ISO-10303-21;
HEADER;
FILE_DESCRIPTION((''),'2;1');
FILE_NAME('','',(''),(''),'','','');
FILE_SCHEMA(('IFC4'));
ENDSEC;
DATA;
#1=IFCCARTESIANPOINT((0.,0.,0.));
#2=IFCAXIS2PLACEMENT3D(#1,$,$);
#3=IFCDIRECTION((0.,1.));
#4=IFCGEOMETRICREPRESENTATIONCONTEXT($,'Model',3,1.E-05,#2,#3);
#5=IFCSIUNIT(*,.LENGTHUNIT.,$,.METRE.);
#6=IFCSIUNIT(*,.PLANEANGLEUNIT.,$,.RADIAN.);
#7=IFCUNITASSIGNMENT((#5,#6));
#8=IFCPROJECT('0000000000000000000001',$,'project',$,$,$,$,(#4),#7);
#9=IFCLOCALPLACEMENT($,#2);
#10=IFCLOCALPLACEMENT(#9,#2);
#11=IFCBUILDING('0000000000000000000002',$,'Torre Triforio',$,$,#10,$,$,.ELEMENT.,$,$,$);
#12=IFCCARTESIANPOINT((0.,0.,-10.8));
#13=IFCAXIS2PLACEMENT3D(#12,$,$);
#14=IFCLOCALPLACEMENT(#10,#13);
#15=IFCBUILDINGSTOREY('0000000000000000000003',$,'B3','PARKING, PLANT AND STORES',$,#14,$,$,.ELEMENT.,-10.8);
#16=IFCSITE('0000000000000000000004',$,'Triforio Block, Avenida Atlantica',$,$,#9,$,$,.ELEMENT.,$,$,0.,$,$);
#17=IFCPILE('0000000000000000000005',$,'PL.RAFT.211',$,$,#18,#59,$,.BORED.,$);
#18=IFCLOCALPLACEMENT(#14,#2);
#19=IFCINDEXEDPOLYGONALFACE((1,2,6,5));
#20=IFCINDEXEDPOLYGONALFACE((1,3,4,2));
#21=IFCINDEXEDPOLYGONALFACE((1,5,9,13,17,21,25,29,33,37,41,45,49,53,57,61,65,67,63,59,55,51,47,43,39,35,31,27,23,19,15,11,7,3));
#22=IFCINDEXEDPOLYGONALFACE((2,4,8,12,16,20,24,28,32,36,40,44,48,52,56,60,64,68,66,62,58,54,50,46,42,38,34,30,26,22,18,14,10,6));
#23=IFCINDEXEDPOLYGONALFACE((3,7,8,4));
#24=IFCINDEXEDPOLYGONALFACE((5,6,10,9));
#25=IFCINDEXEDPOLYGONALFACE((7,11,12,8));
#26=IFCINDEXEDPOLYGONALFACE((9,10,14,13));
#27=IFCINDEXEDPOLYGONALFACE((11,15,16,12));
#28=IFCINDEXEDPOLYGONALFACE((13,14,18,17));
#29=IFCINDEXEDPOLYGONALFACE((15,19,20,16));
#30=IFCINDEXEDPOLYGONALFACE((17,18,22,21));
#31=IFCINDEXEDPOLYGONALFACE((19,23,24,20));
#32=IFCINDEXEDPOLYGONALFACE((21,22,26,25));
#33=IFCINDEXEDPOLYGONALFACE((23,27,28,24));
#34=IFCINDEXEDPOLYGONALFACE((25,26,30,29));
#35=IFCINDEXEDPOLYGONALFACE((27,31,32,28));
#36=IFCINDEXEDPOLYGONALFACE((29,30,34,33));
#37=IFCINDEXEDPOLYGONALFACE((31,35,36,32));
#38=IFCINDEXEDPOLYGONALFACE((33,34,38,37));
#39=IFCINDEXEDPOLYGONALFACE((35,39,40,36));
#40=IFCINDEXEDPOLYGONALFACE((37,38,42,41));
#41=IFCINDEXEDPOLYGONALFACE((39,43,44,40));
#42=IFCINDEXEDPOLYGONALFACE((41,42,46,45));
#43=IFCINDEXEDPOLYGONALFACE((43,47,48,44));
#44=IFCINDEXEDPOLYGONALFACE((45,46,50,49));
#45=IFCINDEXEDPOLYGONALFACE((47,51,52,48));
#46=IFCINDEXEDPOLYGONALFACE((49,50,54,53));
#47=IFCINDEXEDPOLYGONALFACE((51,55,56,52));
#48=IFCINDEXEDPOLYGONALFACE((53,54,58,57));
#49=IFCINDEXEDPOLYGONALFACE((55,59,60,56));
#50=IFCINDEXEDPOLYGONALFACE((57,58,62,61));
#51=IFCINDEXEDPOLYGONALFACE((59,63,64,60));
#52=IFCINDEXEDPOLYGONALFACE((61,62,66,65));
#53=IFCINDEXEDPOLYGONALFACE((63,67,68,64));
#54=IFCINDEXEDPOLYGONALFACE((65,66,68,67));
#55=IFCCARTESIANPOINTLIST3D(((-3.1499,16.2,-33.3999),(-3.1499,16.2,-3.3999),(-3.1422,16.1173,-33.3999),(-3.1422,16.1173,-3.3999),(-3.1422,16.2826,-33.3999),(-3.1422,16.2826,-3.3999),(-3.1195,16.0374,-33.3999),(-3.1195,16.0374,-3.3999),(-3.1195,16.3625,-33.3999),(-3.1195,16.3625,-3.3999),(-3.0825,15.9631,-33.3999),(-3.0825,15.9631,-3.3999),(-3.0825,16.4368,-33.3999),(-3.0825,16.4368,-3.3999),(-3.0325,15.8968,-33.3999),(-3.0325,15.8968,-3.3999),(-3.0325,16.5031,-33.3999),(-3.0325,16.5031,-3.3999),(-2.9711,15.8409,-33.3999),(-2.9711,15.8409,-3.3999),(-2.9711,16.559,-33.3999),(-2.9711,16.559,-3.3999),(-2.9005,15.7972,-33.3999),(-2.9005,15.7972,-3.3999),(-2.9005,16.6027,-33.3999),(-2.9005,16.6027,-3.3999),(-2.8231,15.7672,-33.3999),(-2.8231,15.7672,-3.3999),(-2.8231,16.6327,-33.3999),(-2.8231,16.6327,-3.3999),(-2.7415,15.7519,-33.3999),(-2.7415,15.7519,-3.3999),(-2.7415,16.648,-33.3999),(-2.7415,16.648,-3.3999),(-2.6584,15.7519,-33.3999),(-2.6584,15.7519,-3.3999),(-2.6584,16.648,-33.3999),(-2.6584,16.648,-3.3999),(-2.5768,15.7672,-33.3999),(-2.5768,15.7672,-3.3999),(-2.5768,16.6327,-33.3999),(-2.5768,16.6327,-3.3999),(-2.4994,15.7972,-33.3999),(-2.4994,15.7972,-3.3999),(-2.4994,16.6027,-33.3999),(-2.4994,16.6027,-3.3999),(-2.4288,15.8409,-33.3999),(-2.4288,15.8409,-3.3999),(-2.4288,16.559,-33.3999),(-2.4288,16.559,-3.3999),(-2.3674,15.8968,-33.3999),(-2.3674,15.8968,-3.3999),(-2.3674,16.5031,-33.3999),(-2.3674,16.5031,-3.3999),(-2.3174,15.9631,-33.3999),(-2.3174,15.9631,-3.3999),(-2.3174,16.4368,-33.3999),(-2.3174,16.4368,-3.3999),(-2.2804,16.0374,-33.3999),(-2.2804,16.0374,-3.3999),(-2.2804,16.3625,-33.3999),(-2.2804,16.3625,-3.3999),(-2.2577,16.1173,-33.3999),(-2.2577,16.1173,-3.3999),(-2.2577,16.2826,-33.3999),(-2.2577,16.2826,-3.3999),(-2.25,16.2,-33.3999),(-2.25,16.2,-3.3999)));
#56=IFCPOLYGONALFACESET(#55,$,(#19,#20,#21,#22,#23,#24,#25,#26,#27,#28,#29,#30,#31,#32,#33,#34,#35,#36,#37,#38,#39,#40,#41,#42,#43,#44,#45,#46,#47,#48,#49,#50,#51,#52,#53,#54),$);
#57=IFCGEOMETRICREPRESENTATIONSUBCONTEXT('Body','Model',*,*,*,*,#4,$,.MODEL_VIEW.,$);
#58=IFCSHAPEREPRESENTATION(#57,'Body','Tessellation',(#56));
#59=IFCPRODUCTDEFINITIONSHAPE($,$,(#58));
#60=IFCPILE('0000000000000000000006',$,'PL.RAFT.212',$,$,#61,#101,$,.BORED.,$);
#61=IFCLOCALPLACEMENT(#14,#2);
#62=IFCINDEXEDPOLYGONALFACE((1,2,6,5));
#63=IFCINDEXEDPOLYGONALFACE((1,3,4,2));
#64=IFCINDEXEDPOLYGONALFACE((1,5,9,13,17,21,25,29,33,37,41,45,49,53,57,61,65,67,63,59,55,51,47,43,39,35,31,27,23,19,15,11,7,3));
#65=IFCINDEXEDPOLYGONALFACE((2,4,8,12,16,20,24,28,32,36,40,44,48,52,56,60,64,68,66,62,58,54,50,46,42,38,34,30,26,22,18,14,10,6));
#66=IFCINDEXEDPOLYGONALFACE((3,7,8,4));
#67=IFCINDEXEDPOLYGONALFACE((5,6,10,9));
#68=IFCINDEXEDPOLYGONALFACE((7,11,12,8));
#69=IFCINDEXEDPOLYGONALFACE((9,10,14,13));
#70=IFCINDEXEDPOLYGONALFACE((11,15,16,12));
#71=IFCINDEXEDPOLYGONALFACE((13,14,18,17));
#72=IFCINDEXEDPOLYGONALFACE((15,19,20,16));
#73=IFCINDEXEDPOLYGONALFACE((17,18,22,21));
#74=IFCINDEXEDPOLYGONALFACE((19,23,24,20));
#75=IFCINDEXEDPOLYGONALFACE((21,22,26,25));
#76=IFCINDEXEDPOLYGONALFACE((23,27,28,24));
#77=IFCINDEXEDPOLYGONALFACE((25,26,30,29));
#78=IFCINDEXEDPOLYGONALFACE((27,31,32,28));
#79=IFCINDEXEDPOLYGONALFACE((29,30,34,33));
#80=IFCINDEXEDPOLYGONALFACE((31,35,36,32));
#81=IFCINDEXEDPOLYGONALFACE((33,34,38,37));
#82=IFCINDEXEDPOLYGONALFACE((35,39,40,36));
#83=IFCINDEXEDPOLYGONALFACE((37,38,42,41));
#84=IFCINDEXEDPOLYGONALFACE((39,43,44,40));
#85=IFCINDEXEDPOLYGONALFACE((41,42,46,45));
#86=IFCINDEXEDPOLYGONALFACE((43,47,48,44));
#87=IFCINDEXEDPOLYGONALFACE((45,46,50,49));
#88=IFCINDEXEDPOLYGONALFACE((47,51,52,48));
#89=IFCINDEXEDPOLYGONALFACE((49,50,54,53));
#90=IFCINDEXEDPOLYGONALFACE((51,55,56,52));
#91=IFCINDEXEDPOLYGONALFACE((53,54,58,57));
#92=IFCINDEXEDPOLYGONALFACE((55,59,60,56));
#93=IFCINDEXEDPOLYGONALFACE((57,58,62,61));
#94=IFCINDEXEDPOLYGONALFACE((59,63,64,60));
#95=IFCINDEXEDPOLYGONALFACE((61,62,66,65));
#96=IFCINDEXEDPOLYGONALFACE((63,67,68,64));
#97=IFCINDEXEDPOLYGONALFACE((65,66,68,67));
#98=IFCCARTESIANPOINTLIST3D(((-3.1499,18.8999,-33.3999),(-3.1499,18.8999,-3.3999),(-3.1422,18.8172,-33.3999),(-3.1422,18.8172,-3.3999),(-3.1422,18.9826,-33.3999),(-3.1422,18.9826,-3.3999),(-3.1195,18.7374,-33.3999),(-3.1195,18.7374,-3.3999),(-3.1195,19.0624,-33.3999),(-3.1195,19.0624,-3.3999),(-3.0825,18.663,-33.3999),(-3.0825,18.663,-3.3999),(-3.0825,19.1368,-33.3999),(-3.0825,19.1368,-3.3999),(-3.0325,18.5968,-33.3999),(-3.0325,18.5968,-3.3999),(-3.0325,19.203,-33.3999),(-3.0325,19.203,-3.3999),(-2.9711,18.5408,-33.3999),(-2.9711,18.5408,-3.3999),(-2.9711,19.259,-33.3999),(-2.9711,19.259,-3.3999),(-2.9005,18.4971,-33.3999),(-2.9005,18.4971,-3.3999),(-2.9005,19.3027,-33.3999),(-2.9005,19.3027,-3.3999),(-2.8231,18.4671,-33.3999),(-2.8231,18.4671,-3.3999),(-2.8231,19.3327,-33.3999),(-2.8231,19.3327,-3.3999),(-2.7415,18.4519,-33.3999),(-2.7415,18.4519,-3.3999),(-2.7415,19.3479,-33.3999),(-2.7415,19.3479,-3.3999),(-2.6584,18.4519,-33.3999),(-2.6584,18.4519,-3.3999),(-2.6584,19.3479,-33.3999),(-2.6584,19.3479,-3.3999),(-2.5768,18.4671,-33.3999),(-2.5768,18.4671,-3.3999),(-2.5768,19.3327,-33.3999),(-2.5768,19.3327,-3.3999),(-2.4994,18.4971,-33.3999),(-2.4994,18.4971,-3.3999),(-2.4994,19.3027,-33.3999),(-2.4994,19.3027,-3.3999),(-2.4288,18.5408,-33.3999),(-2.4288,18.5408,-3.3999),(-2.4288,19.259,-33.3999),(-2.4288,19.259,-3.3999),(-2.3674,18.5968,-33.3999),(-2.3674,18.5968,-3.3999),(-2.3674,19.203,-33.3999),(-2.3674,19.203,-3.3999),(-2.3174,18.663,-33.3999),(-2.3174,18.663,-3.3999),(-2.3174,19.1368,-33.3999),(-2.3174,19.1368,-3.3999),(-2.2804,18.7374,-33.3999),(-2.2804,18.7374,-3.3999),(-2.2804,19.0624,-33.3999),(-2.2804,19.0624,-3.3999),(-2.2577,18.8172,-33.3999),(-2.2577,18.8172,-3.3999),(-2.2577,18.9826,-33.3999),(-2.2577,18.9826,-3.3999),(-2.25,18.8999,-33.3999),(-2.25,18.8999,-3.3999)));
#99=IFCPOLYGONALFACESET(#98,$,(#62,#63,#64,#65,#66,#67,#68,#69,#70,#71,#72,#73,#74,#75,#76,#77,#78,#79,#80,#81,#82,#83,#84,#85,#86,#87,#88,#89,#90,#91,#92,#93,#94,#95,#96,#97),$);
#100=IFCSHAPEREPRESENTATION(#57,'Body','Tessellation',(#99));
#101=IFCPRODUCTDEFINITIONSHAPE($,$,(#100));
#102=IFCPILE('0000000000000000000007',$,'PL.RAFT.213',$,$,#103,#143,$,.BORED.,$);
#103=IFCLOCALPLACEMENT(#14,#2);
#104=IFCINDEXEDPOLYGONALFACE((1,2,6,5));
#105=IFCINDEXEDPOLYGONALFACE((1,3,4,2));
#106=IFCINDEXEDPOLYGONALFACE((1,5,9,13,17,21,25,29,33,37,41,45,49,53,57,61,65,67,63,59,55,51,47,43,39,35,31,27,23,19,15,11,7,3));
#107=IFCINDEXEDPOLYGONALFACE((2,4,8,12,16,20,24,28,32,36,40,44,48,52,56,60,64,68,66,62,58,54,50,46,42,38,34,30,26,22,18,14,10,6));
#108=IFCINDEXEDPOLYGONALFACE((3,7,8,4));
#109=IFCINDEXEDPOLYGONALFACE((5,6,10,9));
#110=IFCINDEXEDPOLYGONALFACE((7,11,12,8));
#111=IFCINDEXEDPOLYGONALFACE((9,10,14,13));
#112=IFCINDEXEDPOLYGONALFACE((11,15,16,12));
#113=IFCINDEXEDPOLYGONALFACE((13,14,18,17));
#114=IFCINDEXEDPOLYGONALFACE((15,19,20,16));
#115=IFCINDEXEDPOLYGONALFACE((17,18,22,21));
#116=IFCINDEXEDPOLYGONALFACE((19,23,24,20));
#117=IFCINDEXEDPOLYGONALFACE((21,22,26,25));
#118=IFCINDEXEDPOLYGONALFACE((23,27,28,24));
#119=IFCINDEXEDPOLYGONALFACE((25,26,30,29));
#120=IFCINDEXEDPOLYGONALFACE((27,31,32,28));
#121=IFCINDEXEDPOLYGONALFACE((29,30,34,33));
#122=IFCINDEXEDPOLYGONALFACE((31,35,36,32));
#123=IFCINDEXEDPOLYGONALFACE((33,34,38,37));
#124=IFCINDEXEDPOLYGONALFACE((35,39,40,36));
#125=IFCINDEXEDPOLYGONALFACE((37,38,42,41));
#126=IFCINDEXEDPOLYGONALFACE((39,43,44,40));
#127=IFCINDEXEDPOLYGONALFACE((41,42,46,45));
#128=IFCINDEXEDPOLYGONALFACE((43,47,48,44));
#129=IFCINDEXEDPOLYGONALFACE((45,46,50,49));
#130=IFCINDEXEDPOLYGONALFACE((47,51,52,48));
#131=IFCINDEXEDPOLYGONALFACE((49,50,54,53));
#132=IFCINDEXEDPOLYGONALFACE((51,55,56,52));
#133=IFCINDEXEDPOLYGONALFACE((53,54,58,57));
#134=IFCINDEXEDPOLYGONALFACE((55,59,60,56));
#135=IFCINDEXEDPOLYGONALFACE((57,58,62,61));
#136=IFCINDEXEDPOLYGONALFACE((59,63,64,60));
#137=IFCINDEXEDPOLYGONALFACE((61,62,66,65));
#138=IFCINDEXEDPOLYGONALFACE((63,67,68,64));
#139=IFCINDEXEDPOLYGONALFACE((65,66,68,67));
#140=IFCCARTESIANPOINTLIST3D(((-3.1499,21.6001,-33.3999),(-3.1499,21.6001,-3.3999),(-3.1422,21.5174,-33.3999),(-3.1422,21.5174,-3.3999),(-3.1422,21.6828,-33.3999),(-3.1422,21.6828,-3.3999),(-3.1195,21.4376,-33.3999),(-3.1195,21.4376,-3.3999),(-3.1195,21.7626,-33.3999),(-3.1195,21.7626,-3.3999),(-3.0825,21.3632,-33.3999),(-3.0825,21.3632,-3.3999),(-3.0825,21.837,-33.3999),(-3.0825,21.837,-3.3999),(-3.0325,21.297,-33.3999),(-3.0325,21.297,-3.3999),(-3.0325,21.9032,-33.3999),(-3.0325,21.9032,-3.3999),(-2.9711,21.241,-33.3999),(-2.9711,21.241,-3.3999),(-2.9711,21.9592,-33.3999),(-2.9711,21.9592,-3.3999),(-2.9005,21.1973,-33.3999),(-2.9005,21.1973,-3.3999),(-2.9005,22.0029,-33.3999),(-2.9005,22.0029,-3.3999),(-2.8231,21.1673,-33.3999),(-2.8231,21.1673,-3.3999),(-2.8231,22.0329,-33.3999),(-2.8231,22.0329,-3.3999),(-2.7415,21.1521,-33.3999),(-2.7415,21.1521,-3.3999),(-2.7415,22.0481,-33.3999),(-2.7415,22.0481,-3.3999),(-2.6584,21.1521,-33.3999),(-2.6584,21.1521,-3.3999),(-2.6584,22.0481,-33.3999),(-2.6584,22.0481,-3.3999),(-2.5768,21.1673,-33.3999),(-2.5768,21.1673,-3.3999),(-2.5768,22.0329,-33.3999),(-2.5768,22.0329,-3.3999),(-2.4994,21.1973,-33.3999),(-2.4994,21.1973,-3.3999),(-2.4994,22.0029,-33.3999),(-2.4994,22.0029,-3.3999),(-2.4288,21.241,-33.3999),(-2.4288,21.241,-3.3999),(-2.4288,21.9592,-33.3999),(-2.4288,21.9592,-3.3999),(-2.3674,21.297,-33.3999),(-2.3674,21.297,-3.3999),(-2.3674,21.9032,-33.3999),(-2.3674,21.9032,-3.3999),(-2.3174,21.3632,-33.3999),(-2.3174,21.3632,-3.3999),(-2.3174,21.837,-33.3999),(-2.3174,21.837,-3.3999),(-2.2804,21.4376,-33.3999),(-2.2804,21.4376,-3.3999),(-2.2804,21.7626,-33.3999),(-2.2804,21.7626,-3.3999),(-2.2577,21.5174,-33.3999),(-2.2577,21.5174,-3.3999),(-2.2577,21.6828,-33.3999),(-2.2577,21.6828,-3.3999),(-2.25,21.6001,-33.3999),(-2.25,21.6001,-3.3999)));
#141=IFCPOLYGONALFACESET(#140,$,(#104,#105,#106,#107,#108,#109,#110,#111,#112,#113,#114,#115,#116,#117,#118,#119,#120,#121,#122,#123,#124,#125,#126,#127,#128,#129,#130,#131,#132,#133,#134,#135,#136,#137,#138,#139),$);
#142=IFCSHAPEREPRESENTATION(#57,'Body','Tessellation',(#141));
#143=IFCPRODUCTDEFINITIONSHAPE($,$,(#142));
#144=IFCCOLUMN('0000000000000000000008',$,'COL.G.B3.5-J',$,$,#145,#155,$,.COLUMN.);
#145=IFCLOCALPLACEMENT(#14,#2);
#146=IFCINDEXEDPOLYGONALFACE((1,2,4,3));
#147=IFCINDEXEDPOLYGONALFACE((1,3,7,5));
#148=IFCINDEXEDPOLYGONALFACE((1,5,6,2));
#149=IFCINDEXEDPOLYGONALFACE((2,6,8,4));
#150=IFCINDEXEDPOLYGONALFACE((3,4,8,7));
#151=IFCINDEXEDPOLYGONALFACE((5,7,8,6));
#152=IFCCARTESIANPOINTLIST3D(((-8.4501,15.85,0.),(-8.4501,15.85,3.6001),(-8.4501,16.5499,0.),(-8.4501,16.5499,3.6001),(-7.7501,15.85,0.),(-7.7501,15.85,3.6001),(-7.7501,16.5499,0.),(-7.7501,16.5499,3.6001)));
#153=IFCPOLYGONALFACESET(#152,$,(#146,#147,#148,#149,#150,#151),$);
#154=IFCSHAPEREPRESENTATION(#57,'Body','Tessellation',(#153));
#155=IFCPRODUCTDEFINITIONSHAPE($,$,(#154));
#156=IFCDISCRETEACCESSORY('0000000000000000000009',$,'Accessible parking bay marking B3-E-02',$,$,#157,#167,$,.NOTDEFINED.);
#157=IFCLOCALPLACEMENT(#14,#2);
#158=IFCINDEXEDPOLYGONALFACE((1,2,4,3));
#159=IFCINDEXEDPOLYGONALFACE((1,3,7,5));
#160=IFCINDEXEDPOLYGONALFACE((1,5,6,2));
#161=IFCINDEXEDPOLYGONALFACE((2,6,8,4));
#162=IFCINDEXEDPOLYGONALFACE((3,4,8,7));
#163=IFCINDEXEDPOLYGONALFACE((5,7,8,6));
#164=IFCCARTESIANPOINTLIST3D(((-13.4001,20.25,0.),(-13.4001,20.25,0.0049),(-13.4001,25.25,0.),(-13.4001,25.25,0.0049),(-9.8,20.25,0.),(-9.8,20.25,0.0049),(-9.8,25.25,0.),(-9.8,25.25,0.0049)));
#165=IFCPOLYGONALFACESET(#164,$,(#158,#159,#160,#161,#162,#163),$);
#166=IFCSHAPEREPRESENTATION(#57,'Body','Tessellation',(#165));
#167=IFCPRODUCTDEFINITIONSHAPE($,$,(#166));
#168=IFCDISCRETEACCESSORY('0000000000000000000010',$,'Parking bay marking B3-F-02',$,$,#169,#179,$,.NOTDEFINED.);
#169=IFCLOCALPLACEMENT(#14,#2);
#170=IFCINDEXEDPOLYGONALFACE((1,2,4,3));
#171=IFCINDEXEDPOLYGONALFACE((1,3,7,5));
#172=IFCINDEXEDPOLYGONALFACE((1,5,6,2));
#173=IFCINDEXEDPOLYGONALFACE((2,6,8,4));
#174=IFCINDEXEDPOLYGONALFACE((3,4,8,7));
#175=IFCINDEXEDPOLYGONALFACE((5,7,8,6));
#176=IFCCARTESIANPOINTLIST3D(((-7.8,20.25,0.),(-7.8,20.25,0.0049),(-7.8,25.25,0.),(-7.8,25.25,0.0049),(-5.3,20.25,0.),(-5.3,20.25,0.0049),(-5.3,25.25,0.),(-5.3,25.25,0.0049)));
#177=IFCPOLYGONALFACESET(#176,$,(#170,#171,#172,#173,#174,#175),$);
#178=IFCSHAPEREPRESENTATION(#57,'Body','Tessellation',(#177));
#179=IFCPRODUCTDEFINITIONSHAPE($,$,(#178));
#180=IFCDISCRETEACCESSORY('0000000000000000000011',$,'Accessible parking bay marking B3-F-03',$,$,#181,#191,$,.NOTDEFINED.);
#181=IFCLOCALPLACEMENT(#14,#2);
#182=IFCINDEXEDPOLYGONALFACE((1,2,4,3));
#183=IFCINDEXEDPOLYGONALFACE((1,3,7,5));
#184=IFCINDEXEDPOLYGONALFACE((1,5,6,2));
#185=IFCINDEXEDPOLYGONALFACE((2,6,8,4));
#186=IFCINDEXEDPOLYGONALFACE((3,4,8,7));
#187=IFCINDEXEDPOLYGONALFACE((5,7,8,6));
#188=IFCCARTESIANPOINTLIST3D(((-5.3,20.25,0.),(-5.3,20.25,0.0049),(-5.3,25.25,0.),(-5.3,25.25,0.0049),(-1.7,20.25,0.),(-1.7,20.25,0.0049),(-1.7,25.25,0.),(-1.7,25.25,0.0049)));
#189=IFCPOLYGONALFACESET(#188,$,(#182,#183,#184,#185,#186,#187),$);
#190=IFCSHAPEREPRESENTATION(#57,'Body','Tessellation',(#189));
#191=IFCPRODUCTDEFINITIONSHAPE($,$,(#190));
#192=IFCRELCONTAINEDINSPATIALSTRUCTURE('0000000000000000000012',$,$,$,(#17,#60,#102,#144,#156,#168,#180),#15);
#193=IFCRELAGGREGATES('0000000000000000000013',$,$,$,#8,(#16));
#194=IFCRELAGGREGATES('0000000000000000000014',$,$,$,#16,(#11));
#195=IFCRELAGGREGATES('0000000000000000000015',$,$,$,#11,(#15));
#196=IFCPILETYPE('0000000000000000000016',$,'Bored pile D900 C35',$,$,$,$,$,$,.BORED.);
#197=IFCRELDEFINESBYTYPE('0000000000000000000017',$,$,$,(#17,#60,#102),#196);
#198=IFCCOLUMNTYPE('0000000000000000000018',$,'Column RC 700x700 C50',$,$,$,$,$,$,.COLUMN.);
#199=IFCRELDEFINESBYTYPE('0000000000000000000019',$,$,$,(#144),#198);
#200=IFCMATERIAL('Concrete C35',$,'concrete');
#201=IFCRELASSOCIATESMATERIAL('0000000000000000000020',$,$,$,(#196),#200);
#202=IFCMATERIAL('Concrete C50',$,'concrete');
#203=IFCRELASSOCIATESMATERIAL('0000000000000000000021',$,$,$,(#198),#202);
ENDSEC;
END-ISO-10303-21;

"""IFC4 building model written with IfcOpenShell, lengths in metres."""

from ifc_helpers import new_model, si_unit, direction, frame, origin, origin_2d, place, context, subcontext, project, spatial, rectangle, circle, extrude, material, material_profile, profile_set, type_object, element, save


model = new_model("IFC4")

# Units and contexts
model_context = context("Model", 3, precision=1e-05, world=origin(), true_north=direction((0.0, 1.0)))
body_context = subcontext(model_context, "Body", "Model", "MODEL_VIEW")
ifc_project = project(units=[si_unit("LENGTHUNIT", "METRE"), si_unit("PLANEANGLEUNIT", "RADIAN")], contexts=[model_context])

# Site, building, storey
site_placement = place(None, origin())
site = spatial("IfcSite", under=ifc_project, at=site_placement, Name="Triforio Block, Avenida Atlantica", CompositionType="ELEMENT", RefElevation=0.0)
building_placement = place(site_placement, origin())
building = spatial("IfcBuilding", under=site, at=building_placement, Name="Torre Triforio", CompositionType="ELEMENT")
storey_placement = place(building_placement, frame((0.0, 0.0, -10.8)))
storey = spatial("IfcBuildingStorey", under=building, at=storey_placement, Name="B3", Description="PARKING, PLANT AND STORES", CompositionType="ELEMENT", Elevation=-10.8)

# Piles
ifc_material_1 = material(Name="Concrete C35", Category="concrete")
ifc_material_profile_1 = material_profile(ifc_material_1, circle(Radius=0.45, at=origin_2d()), Name="RC D900")
ifc_profile_set_1 = profile_set([ifc_material_profile_1], Name="Concrete C35")
pile_type = type_object("IfcPileType", Name="Bored pile D900 C35", PredefinedType="BORED", material=ifc_profile_set_1)
for number, where, z_axis, x_axis, name in (
    (1, (-2.7, 16.2, -3.3999), (0.0, 0.0, -1.0), (1.0, 0.0, 0.0), "PL.RAFT.211"),
    (2, (-2.7, 18.8999, -3.3999), (0.0, 0.0, -1.0), (1.0, 0.0, 0.0), "PL.RAFT.212"),
    (3, (-2.7, 21.6001, -3.3999), (0.0, 0.0, -1.0), (1.0, 0.0, 0.0), "PL.RAFT.213"),
):
    element("IfcPile", number, at=place(storey_placement, frame(where, z_axis=z_axis, x_axis=x_axis)), inside=storey, type_object=pile_type, Name=name, PredefinedType="BORED", context=body_context, shape_type="SweptSolid", body=[
        extrude(circle(Radius=0.45, at=origin_2d()), origin(), (0.0, 0.0, 1.0), 30.0),
    ])

# Column
ifc_material_2 = material(Name="Concrete C50", Category="concrete")
ifc_material_profile_2 = material_profile(ifc_material_2, rectangle(XDim=0.7, YDim=0.7, at=origin_2d()), Name="RC 700x700")
ifc_profile_set_2 = profile_set([ifc_material_profile_2], Name="Concrete C50")
column_type = type_object("IfcColumnType", Name="Column RC 700x700 C50", PredefinedType="COLUMN", material=ifc_profile_set_2)
column_placement = place(storey_placement, frame((-8.1001, 16.2, 0.0), z_axis=(0.0, 0.0, 1.0), x_axis=(1.0, 0.0, 0.0)))
element("IfcColumn", 4, at=column_placement, inside=storey, type_object=column_type, Name="COL.G.B3.5-J", PredefinedType="COLUMN", context=body_context, shape_type="SweptSolid", body=[
    extrude(rectangle(XDim=0.7, YDim=0.7, at=origin_2d()), origin(), (0.0, 0.0, 1.0), 3.6001),
])

# Discrete accessories
discrete_accessory_1_placement = place(storey_placement, frame((-11.6001, 22.75, 0.0), z_axis=(0.0, 0.0, 1.0), x_axis=(1.0, 0.0, 0.0)))
element("IfcDiscreteAccessory", 5, at=discrete_accessory_1_placement, inside=storey, Name="Accessible parking bay marking B3-E-02", PredefinedType="NOTDEFINED", context=body_context, shape_type="SweptSolid", body=[
    extrude(rectangle(XDim=3.6001, YDim=5.0, at=origin_2d()), origin(), (0.0, 0.0, 1.0), 0.0049),
])
discrete_accessory_2_placement = place(storey_placement, frame((-6.55, 22.75, 0.0), z_axis=(0.0, 0.0, 1.0), x_axis=(1.0, 0.0, 0.0)))
element("IfcDiscreteAccessory", 6, at=discrete_accessory_2_placement, inside=storey, Name="Parking bay marking B3-F-02", PredefinedType="NOTDEFINED", context=body_context, shape_type="SweptSolid", body=[
    extrude(rectangle(XDim=2.5, YDim=5.0, at=origin_2d()), origin(), (0.0, 0.0, 1.0), 0.0049),
])
discrete_accessory_3_placement = place(storey_placement, frame((-3.5, 22.75, 0.0), z_axis=(0.0, 0.0, 1.0), x_axis=(1.0, 0.0, 0.0)))
element("IfcDiscreteAccessory", 7, at=discrete_accessory_3_placement, inside=storey, Name="Accessible parking bay marking B3-F-03", PredefinedType="NOTDEFINED", context=body_context, shape_type="SweptSolid", body=[
    extrude(rectangle(XDim=3.6001, YDim=5.0, at=origin_2d()), origin(), (0.0, 0.0, 1.0), 0.0049),
])

save(model, "model.ifc")
